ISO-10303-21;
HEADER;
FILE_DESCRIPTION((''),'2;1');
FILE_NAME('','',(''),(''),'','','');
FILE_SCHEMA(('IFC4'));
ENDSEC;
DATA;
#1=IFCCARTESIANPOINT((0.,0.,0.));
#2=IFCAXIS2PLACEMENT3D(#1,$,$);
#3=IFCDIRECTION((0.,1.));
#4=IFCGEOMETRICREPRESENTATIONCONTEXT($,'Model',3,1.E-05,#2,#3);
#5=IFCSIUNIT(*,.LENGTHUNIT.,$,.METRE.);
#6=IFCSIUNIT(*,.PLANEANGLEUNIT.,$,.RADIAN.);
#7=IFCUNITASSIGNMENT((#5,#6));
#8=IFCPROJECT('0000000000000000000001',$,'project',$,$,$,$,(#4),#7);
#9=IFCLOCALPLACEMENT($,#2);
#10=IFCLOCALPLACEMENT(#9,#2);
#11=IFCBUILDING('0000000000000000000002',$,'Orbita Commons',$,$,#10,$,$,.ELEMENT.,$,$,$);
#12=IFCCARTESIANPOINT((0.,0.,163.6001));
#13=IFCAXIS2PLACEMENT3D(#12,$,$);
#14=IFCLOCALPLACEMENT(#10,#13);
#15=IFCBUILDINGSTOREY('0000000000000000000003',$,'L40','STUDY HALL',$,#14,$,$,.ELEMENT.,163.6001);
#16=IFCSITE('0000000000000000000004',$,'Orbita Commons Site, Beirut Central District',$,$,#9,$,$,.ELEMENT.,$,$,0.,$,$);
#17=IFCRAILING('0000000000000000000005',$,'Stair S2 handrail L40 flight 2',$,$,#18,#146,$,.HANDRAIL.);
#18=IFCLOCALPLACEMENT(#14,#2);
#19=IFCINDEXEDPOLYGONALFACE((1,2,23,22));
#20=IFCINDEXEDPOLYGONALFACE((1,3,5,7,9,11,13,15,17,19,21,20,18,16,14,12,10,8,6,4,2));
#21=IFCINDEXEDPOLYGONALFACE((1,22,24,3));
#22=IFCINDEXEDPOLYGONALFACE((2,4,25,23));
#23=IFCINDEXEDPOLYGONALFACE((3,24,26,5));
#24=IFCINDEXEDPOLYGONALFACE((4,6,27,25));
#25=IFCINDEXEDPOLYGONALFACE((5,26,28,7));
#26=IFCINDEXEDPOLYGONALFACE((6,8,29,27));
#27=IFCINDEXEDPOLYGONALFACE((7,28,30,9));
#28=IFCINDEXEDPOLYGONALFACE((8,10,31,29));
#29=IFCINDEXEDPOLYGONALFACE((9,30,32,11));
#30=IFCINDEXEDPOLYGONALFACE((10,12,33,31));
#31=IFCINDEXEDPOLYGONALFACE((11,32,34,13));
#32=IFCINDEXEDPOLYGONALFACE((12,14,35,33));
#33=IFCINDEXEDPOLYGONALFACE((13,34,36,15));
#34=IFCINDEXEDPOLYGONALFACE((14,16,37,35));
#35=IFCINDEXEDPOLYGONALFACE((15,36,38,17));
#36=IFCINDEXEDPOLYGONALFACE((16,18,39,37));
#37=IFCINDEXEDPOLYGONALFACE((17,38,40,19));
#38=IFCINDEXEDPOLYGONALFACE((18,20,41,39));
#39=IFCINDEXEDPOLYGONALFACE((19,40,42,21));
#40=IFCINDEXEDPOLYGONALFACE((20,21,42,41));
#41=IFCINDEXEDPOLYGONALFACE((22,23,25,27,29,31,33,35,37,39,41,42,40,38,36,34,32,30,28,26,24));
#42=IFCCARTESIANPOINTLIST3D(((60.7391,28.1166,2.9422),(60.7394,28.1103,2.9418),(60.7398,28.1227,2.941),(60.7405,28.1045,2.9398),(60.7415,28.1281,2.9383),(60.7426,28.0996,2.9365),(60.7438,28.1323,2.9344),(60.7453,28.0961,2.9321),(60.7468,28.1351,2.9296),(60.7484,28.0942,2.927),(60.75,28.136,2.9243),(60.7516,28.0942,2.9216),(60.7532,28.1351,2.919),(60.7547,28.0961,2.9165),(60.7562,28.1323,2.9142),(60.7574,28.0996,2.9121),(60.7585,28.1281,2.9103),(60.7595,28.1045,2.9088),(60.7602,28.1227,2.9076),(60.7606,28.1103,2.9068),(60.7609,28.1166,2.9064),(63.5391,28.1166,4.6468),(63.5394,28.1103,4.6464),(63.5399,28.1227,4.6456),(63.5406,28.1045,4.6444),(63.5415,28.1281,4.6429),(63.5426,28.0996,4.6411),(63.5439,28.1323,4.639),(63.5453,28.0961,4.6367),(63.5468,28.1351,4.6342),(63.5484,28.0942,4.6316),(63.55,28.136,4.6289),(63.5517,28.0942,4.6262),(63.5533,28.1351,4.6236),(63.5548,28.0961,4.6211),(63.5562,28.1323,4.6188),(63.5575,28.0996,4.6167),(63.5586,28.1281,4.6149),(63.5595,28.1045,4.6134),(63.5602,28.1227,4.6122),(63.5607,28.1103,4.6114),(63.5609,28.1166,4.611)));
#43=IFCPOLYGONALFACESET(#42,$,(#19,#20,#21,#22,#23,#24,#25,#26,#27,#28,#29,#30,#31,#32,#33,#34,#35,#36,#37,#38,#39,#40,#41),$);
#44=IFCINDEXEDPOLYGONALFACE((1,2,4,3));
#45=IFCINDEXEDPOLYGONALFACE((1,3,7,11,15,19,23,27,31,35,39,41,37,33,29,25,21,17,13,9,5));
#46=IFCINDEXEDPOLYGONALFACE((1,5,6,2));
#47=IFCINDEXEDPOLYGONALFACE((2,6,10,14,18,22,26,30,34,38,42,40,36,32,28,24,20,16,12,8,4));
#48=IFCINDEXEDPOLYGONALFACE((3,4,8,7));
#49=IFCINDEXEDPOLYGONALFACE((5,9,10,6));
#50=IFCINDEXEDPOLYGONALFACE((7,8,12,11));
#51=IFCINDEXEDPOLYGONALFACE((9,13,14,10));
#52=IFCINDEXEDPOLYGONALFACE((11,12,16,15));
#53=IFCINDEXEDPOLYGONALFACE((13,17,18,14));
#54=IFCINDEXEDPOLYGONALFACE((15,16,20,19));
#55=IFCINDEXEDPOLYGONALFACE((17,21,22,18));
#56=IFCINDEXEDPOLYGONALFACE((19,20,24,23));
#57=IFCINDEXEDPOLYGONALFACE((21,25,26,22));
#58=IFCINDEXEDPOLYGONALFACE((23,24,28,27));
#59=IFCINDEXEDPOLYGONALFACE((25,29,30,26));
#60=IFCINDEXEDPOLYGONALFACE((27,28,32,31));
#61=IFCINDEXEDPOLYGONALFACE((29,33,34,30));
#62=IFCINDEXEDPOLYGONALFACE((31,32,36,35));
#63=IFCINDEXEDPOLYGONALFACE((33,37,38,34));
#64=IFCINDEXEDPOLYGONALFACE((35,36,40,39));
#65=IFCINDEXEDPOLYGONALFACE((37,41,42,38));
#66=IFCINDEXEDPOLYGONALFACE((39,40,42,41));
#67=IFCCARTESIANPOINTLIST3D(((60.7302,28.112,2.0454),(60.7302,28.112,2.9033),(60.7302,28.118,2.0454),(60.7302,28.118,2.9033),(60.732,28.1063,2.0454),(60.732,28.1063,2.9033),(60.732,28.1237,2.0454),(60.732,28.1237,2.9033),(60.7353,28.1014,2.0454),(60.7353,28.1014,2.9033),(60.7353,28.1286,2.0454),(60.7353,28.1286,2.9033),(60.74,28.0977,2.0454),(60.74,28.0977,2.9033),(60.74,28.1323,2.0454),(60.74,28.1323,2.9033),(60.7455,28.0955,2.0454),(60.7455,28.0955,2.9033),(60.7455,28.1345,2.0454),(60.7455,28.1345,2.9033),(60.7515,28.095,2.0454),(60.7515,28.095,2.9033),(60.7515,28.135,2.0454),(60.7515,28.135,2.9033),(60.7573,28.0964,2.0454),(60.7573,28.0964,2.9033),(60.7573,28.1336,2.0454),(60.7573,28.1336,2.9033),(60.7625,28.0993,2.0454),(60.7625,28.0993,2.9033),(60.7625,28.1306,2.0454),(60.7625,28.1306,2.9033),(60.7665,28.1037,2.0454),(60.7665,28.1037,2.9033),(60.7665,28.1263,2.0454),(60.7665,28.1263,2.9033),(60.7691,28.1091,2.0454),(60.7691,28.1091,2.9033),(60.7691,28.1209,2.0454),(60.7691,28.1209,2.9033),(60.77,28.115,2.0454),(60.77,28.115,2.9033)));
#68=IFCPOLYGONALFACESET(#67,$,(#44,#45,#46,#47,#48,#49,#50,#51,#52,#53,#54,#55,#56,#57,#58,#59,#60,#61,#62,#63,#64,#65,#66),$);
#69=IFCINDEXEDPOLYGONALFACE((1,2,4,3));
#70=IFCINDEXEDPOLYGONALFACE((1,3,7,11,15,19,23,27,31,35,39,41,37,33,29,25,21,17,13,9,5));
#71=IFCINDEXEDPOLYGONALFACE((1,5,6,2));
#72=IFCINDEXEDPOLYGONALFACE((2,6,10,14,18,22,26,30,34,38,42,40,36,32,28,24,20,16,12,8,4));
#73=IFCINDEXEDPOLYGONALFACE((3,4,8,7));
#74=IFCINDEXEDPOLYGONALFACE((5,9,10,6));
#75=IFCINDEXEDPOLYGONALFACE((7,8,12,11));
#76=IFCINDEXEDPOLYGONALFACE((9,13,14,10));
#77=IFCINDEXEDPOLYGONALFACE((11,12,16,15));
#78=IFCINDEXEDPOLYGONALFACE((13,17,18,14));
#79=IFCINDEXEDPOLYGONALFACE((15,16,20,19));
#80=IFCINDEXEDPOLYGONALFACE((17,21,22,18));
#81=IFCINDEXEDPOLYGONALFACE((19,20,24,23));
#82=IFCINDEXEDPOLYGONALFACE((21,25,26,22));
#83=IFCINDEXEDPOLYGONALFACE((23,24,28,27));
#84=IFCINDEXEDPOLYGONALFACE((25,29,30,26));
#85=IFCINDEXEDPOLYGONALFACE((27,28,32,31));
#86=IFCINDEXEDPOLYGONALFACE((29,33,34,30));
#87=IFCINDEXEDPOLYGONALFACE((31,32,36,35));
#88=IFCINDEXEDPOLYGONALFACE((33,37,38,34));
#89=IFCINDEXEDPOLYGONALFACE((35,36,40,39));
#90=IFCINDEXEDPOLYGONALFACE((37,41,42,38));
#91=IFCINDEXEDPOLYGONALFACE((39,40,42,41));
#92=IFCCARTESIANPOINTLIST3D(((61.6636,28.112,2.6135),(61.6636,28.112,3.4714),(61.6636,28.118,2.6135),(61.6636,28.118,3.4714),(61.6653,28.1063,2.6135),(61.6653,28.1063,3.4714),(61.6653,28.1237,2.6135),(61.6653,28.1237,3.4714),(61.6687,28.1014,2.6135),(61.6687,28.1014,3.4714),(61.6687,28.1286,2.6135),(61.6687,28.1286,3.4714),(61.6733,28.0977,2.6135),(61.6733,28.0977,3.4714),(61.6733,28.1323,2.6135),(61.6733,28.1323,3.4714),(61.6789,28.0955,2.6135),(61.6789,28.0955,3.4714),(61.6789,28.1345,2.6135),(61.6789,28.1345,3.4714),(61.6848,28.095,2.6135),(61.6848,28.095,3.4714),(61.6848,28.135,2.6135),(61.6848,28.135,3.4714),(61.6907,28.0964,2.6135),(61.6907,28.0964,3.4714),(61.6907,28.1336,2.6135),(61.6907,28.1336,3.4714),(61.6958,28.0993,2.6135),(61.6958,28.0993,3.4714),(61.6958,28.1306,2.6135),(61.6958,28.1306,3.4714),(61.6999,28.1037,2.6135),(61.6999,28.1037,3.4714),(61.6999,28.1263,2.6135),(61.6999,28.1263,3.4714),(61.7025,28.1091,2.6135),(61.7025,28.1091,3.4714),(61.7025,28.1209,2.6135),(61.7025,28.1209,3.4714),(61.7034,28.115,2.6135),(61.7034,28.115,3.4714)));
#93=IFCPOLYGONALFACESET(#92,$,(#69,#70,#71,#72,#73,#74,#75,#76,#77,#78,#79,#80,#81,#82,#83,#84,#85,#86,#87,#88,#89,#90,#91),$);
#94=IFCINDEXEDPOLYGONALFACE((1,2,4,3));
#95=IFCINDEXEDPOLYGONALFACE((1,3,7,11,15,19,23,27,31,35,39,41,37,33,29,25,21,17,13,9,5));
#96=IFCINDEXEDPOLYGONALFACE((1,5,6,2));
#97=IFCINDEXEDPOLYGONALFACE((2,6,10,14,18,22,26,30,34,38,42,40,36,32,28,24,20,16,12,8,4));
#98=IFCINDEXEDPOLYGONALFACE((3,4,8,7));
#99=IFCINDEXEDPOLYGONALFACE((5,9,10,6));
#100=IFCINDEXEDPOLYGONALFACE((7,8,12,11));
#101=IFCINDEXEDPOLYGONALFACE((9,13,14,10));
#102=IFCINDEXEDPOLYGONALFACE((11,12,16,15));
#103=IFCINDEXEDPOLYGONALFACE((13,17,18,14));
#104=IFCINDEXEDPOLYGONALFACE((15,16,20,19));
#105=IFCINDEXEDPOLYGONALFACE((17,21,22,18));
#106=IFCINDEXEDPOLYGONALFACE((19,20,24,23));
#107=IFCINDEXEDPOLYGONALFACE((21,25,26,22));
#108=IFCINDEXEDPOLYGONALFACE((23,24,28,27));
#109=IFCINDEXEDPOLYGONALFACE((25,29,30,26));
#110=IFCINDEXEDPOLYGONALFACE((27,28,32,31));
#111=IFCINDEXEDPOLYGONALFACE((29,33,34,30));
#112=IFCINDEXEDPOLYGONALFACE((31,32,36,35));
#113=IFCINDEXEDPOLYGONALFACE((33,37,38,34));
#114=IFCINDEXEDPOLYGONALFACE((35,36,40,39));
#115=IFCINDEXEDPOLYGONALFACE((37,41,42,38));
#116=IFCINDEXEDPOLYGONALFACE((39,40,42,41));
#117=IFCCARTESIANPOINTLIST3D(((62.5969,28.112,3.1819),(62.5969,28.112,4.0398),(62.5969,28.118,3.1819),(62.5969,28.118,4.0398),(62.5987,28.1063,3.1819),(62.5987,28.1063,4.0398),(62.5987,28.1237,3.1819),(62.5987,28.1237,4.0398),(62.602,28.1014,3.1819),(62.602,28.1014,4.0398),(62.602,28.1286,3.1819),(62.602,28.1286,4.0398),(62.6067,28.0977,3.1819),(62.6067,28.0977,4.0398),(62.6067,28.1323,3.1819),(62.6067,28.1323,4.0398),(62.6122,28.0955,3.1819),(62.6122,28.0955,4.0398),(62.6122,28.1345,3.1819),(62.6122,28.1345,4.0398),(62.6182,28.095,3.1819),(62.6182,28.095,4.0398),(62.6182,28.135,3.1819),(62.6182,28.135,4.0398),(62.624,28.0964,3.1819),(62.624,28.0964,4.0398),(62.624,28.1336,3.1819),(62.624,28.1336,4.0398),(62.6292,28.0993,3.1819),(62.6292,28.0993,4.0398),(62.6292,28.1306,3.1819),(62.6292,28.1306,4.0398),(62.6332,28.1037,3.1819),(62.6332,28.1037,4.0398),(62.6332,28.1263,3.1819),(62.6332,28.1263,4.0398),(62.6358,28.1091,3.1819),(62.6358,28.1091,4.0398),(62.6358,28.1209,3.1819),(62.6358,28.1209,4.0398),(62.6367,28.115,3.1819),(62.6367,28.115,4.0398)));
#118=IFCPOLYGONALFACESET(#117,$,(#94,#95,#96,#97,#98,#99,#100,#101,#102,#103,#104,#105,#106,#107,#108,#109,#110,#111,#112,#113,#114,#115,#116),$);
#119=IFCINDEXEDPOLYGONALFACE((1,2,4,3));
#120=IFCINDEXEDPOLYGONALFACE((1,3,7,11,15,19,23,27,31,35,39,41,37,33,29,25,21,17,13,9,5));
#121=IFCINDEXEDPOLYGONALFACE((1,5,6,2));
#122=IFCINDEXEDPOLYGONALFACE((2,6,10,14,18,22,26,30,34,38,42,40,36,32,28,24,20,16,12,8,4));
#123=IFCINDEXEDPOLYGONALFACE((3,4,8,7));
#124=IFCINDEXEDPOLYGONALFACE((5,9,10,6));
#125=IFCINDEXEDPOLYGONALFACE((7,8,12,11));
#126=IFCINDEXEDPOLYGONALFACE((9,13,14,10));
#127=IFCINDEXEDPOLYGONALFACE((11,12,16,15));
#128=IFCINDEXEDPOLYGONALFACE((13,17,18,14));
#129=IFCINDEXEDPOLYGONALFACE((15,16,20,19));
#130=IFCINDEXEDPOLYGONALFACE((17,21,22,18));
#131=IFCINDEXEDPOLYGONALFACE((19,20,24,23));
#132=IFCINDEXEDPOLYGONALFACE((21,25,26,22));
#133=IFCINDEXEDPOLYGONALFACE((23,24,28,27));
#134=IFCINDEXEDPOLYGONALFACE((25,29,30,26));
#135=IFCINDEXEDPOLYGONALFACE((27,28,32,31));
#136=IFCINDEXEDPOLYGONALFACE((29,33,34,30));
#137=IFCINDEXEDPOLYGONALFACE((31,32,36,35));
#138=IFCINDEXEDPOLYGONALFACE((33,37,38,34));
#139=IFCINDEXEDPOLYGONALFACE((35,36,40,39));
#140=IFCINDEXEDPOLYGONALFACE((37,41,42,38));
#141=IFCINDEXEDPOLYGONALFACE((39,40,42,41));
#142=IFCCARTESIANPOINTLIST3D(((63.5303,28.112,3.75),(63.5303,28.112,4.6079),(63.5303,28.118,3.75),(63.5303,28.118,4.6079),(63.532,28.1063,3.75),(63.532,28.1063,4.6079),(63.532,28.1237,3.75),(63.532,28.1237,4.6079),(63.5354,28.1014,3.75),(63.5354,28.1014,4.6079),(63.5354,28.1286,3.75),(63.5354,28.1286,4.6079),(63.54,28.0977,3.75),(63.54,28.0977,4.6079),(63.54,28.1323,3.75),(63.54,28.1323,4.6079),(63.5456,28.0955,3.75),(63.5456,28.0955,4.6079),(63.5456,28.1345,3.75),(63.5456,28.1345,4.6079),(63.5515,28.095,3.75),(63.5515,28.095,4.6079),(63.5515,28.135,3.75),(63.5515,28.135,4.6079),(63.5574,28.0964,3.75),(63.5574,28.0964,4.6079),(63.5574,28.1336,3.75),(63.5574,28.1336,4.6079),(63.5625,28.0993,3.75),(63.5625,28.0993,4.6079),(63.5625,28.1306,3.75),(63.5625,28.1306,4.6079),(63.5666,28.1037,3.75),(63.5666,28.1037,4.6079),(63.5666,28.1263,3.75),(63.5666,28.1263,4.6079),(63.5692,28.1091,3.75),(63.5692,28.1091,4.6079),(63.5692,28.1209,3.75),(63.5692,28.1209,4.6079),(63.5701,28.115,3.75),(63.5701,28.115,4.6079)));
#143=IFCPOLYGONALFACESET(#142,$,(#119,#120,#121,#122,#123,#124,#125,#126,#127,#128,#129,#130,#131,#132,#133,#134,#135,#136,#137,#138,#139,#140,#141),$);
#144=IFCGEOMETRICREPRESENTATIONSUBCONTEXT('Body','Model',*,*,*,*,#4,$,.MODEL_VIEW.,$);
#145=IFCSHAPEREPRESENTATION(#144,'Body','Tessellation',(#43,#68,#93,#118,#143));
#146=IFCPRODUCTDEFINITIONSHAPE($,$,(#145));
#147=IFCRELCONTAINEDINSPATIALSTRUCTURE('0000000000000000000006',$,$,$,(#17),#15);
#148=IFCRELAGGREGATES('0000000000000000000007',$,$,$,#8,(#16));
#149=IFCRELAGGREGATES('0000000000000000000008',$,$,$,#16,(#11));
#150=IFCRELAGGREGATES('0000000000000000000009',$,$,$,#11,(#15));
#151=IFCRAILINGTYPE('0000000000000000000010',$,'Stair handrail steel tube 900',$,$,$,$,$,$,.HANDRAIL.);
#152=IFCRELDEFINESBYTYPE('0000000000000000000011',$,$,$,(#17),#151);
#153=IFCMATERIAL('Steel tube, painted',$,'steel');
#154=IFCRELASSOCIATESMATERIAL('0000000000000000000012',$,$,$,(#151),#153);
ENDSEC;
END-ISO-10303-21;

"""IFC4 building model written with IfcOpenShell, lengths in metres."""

from ifc_helpers import new_model, si_unit, direction, frame, origin, origin_2d, place, context, subcontext, project, spatial, circle, extrude, material, type_object, element, save


model = new_model("IFC4")

# Units and contexts
model_context = context("Model", 3, precision=1e-05, world=origin(), true_north=direction((0.0, 1.0)))
body_context = subcontext(model_context, "Body", "Model", "MODEL_VIEW")
ifc_project = project(units=[si_unit("LENGTHUNIT", "METRE"), si_unit("PLANEANGLEUNIT", "RADIAN")], contexts=[model_context])

# Site, building, storey
site_placement = place(None, origin())
site = spatial("IfcSite", under=ifc_project, at=site_placement, Name="Orbita Commons Site, Beirut Central District", CompositionType="ELEMENT", RefElevation=0.0)
building_placement = place(site_placement, origin())
building = spatial("IfcBuilding", under=site, at=building_placement, Name="Orbita Commons", CompositionType="ELEMENT")
storey_placement = place(building_placement, frame((0.0, 0.0, 163.6001)))
storey = spatial("IfcBuildingStorey", under=building, at=storey_placement, Name="L40", Description="STUDY HALL", CompositionType="ELEMENT", Elevation=163.6001)

# Railing
ifc_material_1 = material(Name="Steel tube, painted", Category="steel")
railing_type = type_object("IfcRailingType", Name="Stair handrail steel tube 900", PredefinedType="HANDRAIL", material=ifc_material_1)
for number, where, name in (
    (1, (60.75, 28.115, 2.0454), "Stair S2 handrail L40 flight 2"),
):
    element("IfcRailing", number, at=place(storey_placement, frame(where)), inside=storey, type_object=railing_type, Name=name, PredefinedType="HANDRAIL", context=body_context, shape_type="SweptSolid", body=[
        extrude(circle(Radius=0.021, at=origin_2d()), frame((0.0, 0.0, 0.8789), z_axis=(0.85417, 0.0, 0.519994), x_axis=(0.0, 1.0, 0.0)), (0.0, 0.0, 1.0), 3.2781),
        extrude(circle(Radius=0.02, at=origin_2d()), origin(), (0.0, 0.0, 1.0), 0.8579),
        extrude(circle(Radius=0.02, at=origin_2d()), frame((0.9333, 0.0, 0.5681)), (0.0, 0.0, 1.0), 0.8579),
        extrude(circle(Radius=0.02, at=origin_2d()), frame((1.8667, 0.0, 1.1365)), (0.0, 0.0, 1.0), 0.8579),
        extrude(circle(Radius=0.02, at=origin_2d()), frame((2.8, 0.0, 1.7046)), (0.0, 0.0, 1.0), 0.8579),
    ])

save(model, "model.ifc")
